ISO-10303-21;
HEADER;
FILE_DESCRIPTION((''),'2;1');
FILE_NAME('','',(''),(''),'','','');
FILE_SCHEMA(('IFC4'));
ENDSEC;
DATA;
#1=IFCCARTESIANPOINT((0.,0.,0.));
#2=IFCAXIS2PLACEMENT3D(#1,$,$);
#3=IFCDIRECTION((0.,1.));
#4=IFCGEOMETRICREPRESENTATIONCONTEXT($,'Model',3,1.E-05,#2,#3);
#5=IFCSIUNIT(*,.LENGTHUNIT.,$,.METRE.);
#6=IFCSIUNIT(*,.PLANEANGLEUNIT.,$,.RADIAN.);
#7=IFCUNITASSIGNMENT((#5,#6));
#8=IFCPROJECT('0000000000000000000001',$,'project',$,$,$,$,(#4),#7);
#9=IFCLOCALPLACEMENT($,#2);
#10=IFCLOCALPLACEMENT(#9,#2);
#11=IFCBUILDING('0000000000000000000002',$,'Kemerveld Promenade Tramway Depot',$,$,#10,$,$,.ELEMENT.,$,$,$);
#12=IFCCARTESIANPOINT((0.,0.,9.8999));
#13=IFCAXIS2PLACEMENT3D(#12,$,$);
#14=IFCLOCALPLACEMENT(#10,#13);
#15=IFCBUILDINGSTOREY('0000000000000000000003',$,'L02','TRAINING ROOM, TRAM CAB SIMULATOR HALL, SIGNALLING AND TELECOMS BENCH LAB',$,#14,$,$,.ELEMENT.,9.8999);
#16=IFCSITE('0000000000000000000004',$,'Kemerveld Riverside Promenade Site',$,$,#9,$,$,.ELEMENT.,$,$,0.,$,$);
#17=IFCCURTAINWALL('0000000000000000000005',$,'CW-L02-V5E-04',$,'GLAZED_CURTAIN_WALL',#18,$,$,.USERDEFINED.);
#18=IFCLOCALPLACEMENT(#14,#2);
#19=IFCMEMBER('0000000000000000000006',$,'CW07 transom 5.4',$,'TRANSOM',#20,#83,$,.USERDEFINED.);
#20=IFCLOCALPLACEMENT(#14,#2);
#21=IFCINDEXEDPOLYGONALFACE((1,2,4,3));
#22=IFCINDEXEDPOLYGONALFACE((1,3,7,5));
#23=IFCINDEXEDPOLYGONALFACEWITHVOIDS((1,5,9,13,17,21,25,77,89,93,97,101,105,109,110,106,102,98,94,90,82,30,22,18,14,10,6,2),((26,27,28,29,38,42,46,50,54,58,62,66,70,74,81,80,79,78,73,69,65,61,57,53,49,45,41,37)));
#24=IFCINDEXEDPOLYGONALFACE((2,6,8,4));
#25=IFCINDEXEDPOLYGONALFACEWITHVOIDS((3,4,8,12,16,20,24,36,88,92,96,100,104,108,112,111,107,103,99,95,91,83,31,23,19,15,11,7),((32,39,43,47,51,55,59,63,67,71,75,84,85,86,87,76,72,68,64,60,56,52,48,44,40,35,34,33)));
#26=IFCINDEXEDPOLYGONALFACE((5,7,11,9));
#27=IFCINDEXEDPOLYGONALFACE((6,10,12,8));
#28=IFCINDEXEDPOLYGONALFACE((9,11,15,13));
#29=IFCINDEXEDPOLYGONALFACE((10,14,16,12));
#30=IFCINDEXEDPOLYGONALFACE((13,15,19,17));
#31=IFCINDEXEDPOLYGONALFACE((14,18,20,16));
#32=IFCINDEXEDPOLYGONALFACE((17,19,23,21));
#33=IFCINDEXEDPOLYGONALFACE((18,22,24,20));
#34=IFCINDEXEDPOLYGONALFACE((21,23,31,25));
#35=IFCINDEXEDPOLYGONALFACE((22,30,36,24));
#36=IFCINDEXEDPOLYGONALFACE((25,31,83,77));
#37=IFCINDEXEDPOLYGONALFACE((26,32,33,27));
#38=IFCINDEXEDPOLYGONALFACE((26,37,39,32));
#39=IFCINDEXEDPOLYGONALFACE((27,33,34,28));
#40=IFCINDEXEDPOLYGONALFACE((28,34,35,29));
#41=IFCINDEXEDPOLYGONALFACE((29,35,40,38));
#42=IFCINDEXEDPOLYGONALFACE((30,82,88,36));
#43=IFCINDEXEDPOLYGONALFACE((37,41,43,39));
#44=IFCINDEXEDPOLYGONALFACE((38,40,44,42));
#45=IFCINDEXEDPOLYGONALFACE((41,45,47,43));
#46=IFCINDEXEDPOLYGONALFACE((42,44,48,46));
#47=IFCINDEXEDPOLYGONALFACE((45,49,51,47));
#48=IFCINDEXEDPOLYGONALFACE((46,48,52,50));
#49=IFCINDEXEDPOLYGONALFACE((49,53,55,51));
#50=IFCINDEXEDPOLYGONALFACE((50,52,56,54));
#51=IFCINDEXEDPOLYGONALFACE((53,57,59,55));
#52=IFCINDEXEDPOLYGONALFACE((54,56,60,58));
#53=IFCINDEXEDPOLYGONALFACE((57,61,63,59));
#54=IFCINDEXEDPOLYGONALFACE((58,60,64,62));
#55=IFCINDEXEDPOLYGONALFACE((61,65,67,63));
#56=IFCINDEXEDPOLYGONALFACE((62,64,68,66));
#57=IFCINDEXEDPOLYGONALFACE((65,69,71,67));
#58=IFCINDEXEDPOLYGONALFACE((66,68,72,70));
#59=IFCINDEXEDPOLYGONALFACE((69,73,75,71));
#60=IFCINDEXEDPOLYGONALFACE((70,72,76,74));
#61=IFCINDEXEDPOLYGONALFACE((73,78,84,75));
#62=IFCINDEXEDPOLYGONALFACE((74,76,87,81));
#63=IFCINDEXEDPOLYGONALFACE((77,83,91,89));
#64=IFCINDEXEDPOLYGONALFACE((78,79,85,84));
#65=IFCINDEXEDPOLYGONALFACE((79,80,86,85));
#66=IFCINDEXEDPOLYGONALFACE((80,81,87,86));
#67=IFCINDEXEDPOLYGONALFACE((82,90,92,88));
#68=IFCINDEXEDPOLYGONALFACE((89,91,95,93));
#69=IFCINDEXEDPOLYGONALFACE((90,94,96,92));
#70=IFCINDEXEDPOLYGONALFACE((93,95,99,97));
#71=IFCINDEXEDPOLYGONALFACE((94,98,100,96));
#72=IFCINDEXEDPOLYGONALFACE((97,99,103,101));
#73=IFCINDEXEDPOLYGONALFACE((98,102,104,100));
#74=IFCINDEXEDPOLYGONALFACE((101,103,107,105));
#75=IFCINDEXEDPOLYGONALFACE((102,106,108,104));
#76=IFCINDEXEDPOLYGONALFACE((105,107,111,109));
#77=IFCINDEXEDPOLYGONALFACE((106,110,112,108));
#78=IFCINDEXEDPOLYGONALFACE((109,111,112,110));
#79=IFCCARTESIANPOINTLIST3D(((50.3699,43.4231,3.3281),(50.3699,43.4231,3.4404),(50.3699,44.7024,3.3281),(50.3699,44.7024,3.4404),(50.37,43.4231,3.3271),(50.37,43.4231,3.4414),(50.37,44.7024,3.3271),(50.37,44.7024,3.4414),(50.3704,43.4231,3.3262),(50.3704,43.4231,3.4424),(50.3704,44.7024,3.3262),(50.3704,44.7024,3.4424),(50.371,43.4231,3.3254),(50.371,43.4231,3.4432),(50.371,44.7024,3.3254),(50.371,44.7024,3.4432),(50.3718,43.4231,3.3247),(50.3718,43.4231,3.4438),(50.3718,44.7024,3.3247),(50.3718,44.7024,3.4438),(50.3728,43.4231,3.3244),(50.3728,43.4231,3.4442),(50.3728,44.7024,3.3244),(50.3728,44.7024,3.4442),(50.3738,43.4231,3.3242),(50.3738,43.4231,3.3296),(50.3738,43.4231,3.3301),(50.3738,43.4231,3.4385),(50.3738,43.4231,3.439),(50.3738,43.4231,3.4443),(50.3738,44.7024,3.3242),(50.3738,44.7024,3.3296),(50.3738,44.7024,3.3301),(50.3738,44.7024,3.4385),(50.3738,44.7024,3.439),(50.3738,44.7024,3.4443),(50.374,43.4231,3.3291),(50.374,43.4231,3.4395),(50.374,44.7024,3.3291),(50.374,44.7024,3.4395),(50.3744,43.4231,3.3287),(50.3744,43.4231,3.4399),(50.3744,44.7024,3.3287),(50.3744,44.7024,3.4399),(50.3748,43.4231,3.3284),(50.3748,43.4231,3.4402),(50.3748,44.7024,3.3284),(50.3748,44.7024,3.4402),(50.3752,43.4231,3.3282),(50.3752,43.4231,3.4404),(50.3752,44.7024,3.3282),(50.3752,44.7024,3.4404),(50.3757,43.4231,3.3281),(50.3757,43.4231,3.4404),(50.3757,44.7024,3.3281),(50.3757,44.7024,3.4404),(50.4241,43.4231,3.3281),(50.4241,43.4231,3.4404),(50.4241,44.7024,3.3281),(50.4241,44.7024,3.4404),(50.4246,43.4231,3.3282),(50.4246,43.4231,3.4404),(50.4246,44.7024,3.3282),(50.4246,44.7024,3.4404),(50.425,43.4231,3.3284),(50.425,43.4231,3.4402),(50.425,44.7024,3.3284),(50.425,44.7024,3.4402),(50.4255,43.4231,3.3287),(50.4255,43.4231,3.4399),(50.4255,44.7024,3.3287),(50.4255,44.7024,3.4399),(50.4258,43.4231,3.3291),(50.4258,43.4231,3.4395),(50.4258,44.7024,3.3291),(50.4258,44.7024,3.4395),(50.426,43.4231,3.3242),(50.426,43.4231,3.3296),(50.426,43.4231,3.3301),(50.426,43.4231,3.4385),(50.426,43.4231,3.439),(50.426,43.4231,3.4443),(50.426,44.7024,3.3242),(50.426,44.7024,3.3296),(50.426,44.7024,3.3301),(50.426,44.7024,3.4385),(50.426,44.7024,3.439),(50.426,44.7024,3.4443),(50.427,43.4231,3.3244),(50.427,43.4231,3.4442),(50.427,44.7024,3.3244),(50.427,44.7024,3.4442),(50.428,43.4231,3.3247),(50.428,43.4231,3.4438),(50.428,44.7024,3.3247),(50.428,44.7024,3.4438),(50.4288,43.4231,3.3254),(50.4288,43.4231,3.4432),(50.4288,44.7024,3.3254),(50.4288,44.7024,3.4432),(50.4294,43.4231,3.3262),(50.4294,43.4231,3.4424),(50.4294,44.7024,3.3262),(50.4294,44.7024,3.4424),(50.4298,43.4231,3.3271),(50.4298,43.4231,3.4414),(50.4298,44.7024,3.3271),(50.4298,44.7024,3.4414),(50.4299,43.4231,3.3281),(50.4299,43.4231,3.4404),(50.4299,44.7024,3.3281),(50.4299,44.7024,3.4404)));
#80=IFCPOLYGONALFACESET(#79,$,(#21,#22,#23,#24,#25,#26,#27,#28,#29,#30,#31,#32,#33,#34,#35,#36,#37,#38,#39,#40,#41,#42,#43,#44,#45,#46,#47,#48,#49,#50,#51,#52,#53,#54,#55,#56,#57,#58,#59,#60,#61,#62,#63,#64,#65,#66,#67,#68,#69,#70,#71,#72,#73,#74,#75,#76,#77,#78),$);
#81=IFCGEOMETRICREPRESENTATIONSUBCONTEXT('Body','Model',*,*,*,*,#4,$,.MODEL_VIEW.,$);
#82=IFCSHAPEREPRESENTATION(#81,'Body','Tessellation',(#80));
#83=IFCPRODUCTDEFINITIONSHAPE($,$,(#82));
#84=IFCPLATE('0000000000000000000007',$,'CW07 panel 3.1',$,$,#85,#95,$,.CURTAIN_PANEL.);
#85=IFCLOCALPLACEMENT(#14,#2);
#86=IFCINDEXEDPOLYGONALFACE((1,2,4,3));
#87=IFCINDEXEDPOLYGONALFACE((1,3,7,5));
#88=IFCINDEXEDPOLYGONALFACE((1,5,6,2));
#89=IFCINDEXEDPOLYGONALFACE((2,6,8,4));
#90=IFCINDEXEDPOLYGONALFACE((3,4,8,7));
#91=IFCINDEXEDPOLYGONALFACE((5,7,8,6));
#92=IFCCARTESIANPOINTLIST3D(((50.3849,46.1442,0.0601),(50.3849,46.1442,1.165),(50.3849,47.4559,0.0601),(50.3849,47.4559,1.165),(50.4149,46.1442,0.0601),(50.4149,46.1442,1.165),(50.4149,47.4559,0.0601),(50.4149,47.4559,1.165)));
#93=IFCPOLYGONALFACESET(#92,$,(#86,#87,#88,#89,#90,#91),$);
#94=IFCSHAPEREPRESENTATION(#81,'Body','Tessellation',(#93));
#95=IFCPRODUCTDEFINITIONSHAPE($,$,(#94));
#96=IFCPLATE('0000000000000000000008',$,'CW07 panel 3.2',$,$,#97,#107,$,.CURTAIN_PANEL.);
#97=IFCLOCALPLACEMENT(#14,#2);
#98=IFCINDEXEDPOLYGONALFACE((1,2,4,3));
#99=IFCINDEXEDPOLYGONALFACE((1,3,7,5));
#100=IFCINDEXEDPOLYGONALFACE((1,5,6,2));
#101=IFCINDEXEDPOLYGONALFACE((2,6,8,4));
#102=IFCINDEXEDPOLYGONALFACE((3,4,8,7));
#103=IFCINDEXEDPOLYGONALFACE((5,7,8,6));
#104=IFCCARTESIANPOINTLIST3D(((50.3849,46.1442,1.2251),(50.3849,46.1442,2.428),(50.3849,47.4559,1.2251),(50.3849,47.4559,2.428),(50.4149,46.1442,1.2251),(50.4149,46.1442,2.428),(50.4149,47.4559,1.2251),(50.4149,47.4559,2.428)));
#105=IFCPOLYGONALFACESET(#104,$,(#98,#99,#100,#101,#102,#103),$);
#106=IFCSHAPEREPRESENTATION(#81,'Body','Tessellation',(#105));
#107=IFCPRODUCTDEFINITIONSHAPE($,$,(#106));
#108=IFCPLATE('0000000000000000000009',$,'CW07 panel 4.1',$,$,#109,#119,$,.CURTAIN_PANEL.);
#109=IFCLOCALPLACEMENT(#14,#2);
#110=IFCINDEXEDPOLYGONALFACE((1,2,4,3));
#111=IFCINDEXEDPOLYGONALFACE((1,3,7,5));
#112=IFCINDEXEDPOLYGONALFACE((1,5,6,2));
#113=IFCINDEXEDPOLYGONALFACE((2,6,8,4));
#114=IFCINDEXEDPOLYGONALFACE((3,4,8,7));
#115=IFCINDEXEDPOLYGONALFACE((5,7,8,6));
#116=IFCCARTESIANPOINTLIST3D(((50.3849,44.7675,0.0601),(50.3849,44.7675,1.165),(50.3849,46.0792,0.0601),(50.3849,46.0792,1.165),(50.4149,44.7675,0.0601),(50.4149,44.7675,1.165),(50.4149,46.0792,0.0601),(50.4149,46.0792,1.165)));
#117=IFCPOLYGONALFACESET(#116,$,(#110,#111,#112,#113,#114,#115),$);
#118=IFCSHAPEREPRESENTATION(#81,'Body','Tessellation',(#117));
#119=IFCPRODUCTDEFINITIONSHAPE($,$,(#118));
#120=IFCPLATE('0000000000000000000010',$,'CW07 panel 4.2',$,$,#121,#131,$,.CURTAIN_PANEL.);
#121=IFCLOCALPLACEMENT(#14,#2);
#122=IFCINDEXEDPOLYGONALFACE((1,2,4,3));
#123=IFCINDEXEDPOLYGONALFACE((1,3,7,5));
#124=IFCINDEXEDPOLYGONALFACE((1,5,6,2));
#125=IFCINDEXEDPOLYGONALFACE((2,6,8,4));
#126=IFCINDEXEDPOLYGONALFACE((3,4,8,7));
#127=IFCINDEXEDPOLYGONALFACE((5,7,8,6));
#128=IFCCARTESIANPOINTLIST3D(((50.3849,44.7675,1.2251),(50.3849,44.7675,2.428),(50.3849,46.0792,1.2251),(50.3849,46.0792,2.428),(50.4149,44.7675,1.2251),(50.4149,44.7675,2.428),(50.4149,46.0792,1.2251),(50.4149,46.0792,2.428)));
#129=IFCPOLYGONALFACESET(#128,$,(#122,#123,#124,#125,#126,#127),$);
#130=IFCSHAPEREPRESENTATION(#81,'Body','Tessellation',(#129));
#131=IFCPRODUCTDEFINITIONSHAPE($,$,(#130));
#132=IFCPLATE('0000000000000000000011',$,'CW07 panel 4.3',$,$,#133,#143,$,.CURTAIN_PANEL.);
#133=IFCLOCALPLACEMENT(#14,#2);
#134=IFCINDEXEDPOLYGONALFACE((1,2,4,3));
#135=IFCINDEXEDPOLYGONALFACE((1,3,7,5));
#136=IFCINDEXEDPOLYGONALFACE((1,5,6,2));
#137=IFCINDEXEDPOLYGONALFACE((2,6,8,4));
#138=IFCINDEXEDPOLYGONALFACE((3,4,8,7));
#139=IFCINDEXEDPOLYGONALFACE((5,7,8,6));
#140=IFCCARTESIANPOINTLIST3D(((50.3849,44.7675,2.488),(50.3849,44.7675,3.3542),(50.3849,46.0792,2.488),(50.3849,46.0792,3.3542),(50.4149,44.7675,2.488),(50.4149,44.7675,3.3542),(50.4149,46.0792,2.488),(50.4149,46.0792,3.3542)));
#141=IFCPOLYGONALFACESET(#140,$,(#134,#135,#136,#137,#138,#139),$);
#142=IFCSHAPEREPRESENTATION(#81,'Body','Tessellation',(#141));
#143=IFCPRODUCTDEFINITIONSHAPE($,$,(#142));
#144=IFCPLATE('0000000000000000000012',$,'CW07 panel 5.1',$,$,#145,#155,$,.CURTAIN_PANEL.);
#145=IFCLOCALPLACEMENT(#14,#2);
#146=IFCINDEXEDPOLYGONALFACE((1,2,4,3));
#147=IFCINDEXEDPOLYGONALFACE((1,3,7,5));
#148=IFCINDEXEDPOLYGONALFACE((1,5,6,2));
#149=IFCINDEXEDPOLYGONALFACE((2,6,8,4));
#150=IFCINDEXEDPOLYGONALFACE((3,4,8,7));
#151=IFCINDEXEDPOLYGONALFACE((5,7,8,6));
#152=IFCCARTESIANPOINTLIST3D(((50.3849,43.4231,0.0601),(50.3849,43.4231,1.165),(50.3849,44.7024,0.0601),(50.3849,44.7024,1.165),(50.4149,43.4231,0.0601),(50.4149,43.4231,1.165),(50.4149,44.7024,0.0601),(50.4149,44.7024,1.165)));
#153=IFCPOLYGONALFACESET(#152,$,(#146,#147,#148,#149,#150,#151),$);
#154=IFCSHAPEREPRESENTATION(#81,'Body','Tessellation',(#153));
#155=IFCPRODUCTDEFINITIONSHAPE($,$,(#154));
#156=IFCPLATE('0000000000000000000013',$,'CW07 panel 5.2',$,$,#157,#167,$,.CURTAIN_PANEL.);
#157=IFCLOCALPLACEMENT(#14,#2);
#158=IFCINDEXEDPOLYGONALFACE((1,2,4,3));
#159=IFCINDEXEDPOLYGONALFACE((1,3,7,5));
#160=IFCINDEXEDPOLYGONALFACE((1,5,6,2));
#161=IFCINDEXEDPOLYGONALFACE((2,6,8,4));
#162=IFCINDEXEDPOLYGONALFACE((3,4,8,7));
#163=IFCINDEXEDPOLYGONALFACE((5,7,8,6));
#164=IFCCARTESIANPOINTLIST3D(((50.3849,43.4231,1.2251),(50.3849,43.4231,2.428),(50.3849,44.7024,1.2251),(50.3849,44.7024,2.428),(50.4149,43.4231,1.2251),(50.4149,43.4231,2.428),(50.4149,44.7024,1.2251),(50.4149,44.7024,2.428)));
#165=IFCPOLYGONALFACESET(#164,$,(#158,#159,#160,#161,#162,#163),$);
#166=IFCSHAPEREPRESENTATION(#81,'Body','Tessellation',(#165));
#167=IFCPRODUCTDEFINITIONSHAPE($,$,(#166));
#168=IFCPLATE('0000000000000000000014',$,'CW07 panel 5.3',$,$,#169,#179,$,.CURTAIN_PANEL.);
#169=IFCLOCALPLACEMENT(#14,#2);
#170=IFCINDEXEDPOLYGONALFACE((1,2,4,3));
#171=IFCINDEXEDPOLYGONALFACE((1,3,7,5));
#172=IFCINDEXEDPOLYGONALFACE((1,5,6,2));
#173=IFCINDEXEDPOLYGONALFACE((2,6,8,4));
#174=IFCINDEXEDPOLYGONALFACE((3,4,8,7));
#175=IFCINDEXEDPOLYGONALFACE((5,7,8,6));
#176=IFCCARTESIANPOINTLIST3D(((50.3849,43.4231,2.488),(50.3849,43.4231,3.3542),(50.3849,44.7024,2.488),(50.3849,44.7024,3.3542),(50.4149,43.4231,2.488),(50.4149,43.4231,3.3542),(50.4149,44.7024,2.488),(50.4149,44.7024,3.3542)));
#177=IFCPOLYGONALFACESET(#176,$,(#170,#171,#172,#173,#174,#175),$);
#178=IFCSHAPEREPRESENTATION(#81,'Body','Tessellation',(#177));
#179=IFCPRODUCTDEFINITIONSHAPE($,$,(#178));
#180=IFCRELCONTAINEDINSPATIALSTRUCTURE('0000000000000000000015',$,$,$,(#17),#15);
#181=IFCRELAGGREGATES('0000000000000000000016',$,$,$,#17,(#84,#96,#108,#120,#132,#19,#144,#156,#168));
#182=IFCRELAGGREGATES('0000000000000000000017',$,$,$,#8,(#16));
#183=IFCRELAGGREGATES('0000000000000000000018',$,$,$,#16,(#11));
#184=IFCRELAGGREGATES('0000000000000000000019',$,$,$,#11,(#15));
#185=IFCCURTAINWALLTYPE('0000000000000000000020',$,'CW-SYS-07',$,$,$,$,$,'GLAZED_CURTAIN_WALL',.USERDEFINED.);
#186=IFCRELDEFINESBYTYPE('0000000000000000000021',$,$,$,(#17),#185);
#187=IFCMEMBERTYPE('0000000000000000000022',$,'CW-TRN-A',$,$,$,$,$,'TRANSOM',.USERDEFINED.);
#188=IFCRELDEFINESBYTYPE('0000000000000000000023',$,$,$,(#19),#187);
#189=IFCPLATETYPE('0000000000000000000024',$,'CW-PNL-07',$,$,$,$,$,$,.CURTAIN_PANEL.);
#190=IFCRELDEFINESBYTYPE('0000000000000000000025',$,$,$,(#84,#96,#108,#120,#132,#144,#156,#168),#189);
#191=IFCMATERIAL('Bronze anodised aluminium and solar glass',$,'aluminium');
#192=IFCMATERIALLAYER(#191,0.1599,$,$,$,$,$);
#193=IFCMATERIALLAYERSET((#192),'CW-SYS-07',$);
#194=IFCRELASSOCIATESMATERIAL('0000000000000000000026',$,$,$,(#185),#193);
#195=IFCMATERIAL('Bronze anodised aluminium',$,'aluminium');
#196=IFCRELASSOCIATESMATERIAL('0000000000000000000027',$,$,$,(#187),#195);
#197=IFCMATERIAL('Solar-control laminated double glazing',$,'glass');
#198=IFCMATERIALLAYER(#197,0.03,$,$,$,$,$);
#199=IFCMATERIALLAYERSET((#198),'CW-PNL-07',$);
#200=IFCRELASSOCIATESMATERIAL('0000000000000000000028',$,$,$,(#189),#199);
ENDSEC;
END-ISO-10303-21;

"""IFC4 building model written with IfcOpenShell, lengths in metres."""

from ifc_helpers import new_model, si_unit, direction, frame, origin, origin_2d, place, context, subcontext, project, spatial, rectangle, hollow_rectangle, extrude, material, layer, layer_set, material_profile, profile_set, type_object, element, aggregate, save


model = new_model("IFC4")

# Units and contexts
model_context = context("Model", 3, precision=1e-05, world=origin(), true_north=direction((0.0, 1.0)))
body_context = subcontext(model_context, "Body", "Model", "MODEL_VIEW")
ifc_project = project(units=[si_unit("LENGTHUNIT", "METRE"), si_unit("PLANEANGLEUNIT", "RADIAN")], contexts=[model_context])

# Site, building, storey
site_placement = place(None, origin())
site = spatial("IfcSite", under=ifc_project, at=site_placement, Name="Kemerveld Riverside Promenade Site", CompositionType="ELEMENT", RefElevation=0.0)
building_placement = place(site_placement, origin())
building = spatial("IfcBuilding", under=site, at=building_placement, Name="Kemerveld Promenade Tramway Depot", CompositionType="ELEMENT")
storey_placement = place(building_placement, frame((0.0, 0.0, 9.8999)))
storey = spatial("IfcBuildingStorey", under=building, at=storey_placement, Name="L02", Description="TRAINING ROOM, TRAM CAB SIMULATOR HALL, SIGNALLING AND TELECOMS BENCH LAB", CompositionType="ELEMENT", Elevation=9.8999)

# Curtain wall, member, plates
ifc_material_1 = material(Name="Bronze anodised aluminium and solar glass", Category="aluminium")
ifc_layer_1 = layer(ifc_material_1, 0.1599)
ifc_layer_set_1 = layer_set([ifc_layer_1], Name="CW-SYS-07")
curtain_wall_type = type_object("IfcCurtainWallType", Name="CW-SYS-07", ElementType="GLAZED_CURTAIN_WALL", PredefinedType="USERDEFINED", material=ifc_layer_set_1)
curtain_wall_placement = place(storey_placement, origin())
curtain_wall = element("IfcCurtainWall", 1, at=curtain_wall_placement, inside=storey, type_object=curtain_wall_type, Name="CW-L02-V5E-04", ObjectType="GLAZED_CURTAIN_WALL", PredefinedType="USERDEFINED")
ifc_material_2 = material(Name="Bronze anodised aluminium", Category="aluminium")
ifc_material_profile_1 = material_profile(ifc_material_2, hollow_rectangle(XDim=0.0601, YDim=0.1201, WallThickness=0.0039, InnerFilletRadius=0.002, OuterFilletRadius=0.0039, at=origin_2d()), Name="CW-TRN-120x60")
ifc_profile_set_1 = profile_set([ifc_material_profile_1], Name="Bronze anodised aluminium")
member_type_1 = type_object("IfcMemberType", Name="CW-TRN-A", ElementType="TRANSOM", PredefinedType="USERDEFINED", material=ifc_profile_set_1)
member_1_placement = place(storey_placement, frame((50.3999, 44.7024, 3.3843), z_axis=(0.0, -1.0, 0.0), x_axis=(1.0, 0.0, 0.0)))
member_1 = element("IfcMember", 2, at=member_1_placement, type_object=member_type_1, Name="CW07 transom 5.4", ObjectType="TRANSOM", PredefinedType="USERDEFINED", context=body_context, shape_type="SweptSolid", body=[
    extrude(hollow_rectangle(XDim=0.0601, YDim=0.1201, WallThickness=0.0039, InnerFilletRadius=0.002, OuterFilletRadius=0.0039, at=origin_2d()), origin(), (0.0, 0.0, 1.0), 1.2793),
])
ifc_material_3 = material(Name="Solar-control laminated double glazing", Category="glass")
ifc_layer_2 = layer(ifc_material_3, 0.03)
ifc_layer_set_2 = layer_set([ifc_layer_2], Name="CW-PNL-07")
plate_type = type_object("IfcPlateType", Name="CW-PNL-07", PredefinedType="CURTAIN_PANEL", material=ifc_layer_set_2)
plate_1_placement = place(storey_placement, frame((50.3999, 46.8, 0.0601), z_axis=(0.0, 0.0, 1.0), x_axis=(0.0, -1.0, 0.0)))
plate_1 = element("IfcPlate", 3, at=plate_1_placement, type_object=plate_type, Name="CW07 panel 3.1", PredefinedType="CURTAIN_PANEL", context=body_context, shape_type="SweptSolid", body=[
    extrude(rectangle(XDim=1.3118, YDim=0.03, at=origin_2d()), origin(), (0.0, 0.0, 1.0), 1.105),
])
plate_2_placement = place(storey_placement, frame((50.3999, 46.8, 1.2251), z_axis=(0.0, 0.0, 1.0), x_axis=(0.0, -1.0, 0.0)))
plate_2 = element("IfcPlate", 4, at=plate_2_placement, type_object=plate_type, Name="CW07 panel 3.2", PredefinedType="CURTAIN_PANEL", context=body_context, shape_type="SweptSolid", body=[
    extrude(rectangle(XDim=1.3118, YDim=0.03, at=origin_2d()), origin(), (0.0, 0.0, 1.0), 1.2029),
])
plate_3_placement = place(storey_placement, frame((50.3999, 45.4233, 0.0601), z_axis=(0.0, 0.0, 1.0), x_axis=(0.0, -1.0, 0.0)))
plate_3 = element("IfcPlate", 5, at=plate_3_placement, type_object=plate_type, Name="CW07 panel 4.1", PredefinedType="CURTAIN_PANEL", context=body_context, shape_type="SweptSolid", body=[
    extrude(rectangle(XDim=1.3118, YDim=0.03, at=origin_2d()), origin(), (0.0, 0.0, 1.0), 1.105),
])
plate_4_placement = place(storey_placement, frame((50.3999, 45.4233, 1.2251), z_axis=(0.0, 0.0, 1.0), x_axis=(0.0, -1.0, 0.0)))
plate_4 = element("IfcPlate", 6, at=plate_4_placement, type_object=plate_type, Name="CW07 panel 4.2", PredefinedType="CURTAIN_PANEL", context=body_context, shape_type="SweptSolid", body=[
    extrude(rectangle(XDim=1.3118, YDim=0.03, at=origin_2d()), origin(), (0.0, 0.0, 1.0), 1.2029),
])
plate_5_placement = place(storey_placement, frame((50.3999, 45.4233, 2.488), z_axis=(0.0, 0.0, 1.0), x_axis=(0.0, -1.0, 0.0)))
plate_5 = element("IfcPlate", 7, at=plate_5_placement, type_object=plate_type, Name="CW07 panel 4.3", PredefinedType="CURTAIN_PANEL", context=body_context, shape_type="SweptSolid", body=[
    extrude(rectangle(XDim=1.3118, YDim=0.03, at=origin_2d()), origin(), (0.0, 0.0, 1.0), 0.8662),
])
plate_6_placement = place(storey_placement, frame((50.3999, 44.0627, 0.0601), z_axis=(0.0, 0.0, 1.0), x_axis=(0.0, -1.0, 0.0)))
plate_6 = element("IfcPlate", 8, at=plate_6_placement, type_object=plate_type, Name="CW07 panel 5.1", PredefinedType="CURTAIN_PANEL", context=body_context, shape_type="SweptSolid", body=[
    extrude(rectangle(XDim=1.2793, YDim=0.03, at=origin_2d()), origin(), (0.0, 0.0, 1.0), 1.105),
])
plate_7_placement = place(storey_placement, frame((50.3999, 44.0627, 1.2251), z_axis=(0.0, 0.0, 1.0), x_axis=(0.0, -1.0, 0.0)))
plate_7 = element("IfcPlate", 9, at=plate_7_placement, type_object=plate_type, Name="CW07 panel 5.2", PredefinedType="CURTAIN_PANEL", context=body_context, shape_type="SweptSolid", body=[
    extrude(rectangle(XDim=1.2793, YDim=0.03, at=origin_2d()), origin(), (0.0, 0.0, 1.0), 1.2029),
])
plate_8_placement = place(storey_placement, frame((50.3999, 44.0627, 2.488), z_axis=(0.0, 0.0, 1.0), x_axis=(0.0, -1.0, 0.0)))
plate_8 = element("IfcPlate", 10, at=plate_8_placement, type_object=plate_type, Name="CW07 panel 5.3", PredefinedType="CURTAIN_PANEL", context=body_context, shape_type="SweptSolid", body=[
    extrude(rectangle(XDim=1.2793, YDim=0.03, at=origin_2d()), origin(), (0.0, 0.0, 1.0), 0.8662),
])
aggregate(curtain_wall, [plate_1, plate_2, plate_3, plate_4, plate_5, member_1, plate_6, plate_7, plate_8])

save(model, "model.ifc")
